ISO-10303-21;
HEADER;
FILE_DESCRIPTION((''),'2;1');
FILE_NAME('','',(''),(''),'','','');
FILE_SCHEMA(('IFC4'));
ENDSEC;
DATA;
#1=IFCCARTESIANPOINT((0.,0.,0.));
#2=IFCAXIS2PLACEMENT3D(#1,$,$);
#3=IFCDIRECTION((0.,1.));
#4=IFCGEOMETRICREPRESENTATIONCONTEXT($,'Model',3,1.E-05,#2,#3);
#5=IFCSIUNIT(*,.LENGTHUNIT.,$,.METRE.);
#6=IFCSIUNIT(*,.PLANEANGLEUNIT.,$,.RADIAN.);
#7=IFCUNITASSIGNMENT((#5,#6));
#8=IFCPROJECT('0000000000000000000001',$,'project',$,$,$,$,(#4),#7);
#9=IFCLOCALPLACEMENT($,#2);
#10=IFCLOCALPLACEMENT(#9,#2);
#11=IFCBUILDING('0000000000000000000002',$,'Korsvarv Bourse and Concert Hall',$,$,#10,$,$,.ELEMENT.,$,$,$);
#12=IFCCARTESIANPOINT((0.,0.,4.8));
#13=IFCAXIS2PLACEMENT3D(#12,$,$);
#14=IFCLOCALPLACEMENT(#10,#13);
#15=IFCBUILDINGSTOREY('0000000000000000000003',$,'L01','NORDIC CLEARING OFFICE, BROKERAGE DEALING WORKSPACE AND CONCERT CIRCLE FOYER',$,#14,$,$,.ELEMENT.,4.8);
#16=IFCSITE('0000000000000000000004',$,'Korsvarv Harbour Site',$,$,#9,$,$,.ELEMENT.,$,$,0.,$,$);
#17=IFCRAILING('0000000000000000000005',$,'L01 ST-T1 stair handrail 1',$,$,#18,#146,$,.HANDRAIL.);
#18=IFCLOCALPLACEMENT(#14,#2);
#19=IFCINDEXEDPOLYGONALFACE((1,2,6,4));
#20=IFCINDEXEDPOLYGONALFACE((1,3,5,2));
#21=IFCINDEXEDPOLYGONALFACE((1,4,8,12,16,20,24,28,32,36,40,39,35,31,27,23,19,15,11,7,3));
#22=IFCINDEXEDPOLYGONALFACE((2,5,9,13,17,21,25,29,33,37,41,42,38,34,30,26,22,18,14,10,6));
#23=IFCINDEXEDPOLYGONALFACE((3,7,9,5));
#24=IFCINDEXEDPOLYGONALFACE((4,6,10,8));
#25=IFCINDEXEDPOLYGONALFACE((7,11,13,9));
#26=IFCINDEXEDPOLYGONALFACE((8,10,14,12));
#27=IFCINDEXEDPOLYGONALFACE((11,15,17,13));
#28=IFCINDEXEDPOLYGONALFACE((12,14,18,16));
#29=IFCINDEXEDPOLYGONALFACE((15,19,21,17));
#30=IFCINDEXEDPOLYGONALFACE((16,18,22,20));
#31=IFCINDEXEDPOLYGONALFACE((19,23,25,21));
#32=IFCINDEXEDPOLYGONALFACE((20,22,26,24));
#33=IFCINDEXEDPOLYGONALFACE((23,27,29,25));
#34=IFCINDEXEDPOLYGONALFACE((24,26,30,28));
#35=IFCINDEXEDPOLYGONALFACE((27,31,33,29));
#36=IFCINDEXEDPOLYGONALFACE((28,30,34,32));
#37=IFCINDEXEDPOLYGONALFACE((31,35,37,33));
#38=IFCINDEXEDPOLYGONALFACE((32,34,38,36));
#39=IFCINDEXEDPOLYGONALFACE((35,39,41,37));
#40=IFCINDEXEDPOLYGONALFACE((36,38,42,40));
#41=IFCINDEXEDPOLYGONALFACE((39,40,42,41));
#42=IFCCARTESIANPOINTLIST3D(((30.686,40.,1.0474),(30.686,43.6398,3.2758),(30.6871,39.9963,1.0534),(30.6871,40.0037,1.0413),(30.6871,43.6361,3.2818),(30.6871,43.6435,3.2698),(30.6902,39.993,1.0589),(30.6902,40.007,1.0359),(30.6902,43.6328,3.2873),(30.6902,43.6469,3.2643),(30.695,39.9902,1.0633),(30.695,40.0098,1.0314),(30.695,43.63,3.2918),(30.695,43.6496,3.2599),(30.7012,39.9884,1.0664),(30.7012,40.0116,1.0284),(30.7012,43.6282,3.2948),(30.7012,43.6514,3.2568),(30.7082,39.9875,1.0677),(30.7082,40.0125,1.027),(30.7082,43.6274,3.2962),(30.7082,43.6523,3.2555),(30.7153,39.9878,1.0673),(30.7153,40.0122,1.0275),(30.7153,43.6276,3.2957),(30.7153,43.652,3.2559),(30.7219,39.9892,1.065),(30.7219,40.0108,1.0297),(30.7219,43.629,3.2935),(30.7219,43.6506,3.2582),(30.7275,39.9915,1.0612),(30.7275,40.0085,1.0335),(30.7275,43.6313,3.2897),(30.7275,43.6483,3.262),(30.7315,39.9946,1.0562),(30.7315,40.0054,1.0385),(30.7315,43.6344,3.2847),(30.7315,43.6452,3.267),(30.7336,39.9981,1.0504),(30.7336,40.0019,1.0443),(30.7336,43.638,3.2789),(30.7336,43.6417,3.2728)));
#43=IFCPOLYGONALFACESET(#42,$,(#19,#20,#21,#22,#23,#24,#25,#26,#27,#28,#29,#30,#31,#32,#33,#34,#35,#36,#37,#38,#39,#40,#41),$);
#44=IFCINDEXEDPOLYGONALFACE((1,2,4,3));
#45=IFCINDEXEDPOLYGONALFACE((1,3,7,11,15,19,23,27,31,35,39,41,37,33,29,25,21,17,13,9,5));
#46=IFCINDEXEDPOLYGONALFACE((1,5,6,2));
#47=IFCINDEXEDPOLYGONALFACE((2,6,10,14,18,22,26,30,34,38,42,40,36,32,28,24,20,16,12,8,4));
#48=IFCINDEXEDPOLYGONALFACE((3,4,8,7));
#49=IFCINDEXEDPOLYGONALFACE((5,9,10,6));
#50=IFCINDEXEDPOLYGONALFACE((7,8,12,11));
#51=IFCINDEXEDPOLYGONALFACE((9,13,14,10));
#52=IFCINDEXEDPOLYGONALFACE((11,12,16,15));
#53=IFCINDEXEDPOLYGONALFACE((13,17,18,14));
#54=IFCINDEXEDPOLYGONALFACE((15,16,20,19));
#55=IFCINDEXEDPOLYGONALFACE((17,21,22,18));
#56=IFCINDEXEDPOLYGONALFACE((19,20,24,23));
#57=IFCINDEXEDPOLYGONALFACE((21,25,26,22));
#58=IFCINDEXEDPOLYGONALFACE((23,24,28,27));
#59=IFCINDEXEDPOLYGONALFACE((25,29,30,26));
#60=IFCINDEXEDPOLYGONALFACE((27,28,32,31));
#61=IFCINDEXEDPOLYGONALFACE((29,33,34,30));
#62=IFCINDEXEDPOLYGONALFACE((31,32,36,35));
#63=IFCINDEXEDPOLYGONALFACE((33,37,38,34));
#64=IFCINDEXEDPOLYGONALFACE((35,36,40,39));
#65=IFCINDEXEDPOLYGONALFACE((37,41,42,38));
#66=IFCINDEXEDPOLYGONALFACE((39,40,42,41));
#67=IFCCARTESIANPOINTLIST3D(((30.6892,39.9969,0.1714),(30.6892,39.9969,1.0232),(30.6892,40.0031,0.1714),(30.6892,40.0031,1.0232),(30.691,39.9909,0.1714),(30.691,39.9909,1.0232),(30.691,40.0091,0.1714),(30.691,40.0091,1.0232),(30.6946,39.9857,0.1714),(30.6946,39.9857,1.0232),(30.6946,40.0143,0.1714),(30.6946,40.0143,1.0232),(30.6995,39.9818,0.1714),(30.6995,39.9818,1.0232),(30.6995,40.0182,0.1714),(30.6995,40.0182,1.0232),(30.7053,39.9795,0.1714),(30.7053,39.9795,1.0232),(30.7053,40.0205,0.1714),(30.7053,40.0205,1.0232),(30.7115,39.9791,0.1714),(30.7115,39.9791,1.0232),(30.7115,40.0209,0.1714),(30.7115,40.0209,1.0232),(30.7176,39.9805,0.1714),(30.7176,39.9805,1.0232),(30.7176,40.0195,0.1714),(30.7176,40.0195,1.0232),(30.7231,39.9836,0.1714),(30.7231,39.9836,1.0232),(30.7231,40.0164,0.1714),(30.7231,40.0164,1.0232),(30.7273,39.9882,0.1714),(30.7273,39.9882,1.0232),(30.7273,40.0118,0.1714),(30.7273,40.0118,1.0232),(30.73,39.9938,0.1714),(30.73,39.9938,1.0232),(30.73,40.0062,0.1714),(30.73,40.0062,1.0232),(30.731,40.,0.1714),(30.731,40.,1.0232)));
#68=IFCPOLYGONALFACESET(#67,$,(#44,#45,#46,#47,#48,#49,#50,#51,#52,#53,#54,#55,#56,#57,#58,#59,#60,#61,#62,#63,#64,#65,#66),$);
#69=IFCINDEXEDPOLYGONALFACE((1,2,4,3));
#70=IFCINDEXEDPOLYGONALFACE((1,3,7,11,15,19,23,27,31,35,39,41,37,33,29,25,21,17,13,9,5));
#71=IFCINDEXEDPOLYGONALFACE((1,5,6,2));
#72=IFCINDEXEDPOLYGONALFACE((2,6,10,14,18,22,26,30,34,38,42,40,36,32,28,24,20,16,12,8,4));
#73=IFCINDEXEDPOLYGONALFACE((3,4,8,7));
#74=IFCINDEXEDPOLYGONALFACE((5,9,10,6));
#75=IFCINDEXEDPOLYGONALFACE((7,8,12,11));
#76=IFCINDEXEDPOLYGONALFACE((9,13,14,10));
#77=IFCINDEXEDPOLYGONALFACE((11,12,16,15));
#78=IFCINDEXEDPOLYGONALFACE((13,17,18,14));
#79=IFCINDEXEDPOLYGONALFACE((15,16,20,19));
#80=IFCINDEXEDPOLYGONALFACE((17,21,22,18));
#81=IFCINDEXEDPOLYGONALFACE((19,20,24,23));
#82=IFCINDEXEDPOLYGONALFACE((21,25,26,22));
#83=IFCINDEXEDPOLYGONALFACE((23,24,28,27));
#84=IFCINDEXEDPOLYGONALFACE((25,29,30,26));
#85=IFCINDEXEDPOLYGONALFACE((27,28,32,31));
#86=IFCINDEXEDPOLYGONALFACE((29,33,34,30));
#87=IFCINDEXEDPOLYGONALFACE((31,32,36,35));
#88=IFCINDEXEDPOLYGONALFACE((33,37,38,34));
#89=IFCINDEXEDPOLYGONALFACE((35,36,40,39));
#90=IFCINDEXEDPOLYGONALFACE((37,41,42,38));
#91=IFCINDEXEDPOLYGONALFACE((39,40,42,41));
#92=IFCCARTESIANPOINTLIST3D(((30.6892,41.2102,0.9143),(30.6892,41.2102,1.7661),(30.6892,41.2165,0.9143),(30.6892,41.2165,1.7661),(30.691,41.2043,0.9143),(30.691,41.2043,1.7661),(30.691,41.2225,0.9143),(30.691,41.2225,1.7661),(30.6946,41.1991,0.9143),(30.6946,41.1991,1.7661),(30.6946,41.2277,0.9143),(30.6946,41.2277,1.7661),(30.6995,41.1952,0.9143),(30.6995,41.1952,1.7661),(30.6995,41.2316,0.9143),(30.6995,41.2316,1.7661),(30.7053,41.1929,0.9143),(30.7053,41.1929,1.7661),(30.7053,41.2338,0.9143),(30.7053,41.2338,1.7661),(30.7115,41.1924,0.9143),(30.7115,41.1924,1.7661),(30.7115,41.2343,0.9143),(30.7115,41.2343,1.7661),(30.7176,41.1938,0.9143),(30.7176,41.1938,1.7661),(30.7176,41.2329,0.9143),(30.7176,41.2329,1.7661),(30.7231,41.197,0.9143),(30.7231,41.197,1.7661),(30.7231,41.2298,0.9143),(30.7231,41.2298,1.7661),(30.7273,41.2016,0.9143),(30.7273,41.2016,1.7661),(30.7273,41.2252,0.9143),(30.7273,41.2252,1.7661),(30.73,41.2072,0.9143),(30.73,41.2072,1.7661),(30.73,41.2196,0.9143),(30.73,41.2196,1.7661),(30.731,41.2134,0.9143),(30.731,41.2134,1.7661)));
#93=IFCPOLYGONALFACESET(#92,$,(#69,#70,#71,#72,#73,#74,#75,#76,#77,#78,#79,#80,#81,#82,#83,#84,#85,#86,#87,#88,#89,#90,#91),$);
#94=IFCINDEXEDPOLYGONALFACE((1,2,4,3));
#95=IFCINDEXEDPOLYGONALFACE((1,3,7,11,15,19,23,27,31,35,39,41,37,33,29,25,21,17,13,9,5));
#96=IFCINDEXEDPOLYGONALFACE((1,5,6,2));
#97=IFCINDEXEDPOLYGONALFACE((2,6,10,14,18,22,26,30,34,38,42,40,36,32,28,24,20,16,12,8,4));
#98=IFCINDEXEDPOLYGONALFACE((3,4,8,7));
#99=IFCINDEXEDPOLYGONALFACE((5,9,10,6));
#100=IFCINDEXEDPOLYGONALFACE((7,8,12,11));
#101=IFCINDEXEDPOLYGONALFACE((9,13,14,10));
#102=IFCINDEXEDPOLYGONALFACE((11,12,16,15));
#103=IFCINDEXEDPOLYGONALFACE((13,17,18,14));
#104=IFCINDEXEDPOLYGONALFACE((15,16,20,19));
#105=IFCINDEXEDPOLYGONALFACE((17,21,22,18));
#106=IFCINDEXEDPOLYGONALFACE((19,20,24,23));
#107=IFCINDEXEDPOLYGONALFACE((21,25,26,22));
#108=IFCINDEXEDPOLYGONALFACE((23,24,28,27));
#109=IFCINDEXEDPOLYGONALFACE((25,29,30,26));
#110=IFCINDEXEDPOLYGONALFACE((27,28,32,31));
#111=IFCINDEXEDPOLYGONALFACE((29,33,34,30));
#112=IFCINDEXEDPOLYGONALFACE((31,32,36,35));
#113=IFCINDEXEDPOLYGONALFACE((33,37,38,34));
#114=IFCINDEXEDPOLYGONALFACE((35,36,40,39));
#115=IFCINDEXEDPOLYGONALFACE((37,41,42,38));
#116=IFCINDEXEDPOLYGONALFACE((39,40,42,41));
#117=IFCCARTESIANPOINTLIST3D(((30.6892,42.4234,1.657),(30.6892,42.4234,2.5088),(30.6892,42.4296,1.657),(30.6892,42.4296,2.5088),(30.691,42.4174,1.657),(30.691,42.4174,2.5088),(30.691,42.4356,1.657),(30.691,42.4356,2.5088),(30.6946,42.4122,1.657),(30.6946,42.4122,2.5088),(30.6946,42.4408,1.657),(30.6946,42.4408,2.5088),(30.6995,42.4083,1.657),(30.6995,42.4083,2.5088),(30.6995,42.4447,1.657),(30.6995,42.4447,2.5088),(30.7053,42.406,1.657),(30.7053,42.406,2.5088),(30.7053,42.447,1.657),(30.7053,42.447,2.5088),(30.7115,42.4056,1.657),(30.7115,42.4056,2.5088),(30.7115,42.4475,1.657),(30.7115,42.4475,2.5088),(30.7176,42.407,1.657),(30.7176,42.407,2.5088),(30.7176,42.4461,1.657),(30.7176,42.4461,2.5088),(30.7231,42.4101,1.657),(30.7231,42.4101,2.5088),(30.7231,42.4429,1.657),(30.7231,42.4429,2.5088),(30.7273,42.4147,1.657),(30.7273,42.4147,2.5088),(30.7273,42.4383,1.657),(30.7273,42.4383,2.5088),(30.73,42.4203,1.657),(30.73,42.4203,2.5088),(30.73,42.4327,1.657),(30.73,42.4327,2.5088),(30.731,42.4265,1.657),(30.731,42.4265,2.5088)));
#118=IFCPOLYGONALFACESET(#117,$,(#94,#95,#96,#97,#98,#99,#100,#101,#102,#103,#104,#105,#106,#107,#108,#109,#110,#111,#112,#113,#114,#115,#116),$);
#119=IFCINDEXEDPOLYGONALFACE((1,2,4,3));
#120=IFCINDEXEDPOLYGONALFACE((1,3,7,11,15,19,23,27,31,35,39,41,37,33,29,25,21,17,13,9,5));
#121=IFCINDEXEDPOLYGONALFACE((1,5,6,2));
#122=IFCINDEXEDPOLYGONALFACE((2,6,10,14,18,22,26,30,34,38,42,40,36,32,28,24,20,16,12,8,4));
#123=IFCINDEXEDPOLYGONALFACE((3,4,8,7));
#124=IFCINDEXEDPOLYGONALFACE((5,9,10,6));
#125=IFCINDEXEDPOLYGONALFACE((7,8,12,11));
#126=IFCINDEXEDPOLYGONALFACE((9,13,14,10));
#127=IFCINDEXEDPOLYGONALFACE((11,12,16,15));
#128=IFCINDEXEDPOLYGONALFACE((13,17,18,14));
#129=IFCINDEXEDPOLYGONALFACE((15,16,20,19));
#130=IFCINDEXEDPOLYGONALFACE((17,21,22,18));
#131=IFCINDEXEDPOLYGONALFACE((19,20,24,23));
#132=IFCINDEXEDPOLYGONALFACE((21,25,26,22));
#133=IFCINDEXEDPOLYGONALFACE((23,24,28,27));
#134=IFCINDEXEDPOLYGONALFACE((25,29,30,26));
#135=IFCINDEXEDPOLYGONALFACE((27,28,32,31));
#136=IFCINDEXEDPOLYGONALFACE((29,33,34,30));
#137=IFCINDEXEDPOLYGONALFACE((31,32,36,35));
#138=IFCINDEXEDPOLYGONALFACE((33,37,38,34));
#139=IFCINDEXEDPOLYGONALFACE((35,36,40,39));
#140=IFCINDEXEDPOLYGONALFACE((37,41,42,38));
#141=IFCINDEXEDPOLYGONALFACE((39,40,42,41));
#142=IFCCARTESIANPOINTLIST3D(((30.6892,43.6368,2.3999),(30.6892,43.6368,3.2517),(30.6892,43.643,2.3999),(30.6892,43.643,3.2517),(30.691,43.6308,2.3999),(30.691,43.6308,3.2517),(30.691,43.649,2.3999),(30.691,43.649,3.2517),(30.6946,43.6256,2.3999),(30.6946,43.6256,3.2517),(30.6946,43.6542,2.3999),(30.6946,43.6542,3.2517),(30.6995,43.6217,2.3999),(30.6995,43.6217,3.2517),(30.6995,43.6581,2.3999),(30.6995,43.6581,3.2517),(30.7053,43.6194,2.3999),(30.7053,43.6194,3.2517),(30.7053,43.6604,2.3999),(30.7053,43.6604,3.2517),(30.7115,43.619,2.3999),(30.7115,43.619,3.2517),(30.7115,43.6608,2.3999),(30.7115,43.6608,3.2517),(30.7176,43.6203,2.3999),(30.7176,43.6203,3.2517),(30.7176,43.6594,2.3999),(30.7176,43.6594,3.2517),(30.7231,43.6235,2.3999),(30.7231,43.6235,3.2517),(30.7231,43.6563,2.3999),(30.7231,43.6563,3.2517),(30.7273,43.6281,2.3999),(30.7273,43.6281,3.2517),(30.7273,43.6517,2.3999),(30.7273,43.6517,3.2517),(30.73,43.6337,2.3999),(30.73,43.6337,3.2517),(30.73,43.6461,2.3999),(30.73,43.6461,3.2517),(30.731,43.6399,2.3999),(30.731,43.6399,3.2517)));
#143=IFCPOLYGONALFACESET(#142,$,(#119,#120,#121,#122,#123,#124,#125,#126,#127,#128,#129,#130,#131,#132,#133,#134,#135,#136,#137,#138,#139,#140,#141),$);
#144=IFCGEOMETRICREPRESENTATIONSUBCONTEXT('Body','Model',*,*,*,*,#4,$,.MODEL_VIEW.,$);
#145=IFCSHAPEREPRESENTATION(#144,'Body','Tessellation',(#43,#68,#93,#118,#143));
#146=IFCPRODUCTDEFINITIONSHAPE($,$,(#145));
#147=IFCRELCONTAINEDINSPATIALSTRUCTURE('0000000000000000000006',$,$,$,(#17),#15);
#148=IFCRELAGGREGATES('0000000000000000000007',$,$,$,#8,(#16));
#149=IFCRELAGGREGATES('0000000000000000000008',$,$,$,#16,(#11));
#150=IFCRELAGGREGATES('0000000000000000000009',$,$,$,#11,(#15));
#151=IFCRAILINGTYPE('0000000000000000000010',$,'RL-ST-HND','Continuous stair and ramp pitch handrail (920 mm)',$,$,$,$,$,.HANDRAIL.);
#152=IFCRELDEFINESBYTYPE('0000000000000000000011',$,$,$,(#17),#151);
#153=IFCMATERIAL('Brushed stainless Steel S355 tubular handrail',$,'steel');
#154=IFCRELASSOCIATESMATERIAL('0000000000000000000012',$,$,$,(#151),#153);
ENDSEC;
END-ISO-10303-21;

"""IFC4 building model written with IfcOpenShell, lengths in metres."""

from ifc_helpers import new_model, si_unit, direction, frame, origin, origin_2d, place, context, subcontext, project, spatial, circle, extrude, material, type_object, element, save


model = new_model("IFC4")

# Units and contexts
model_context = context("Model", 3, precision=1e-05, world=origin(), true_north=direction((0.0, 1.0)))
body_context = subcontext(model_context, "Body", "Model", "MODEL_VIEW")
ifc_project = project(units=[si_unit("LENGTHUNIT", "METRE"), si_unit("PLANEANGLEUNIT", "RADIAN")], contexts=[model_context])

# Site, building, storey
site_placement = place(None, origin())
site = spatial("IfcSite", under=ifc_project, at=site_placement, Name="Korsvarv Harbour Site", CompositionType="ELEMENT", RefElevation=0.0)
building_placement = place(site_placement, origin())
building = spatial("IfcBuilding", under=site, at=building_placement, Name="Korsvarv Bourse and Concert Hall", CompositionType="ELEMENT")
storey_placement = place(building_placement, frame((0.0, 0.0, 4.8)))
storey = spatial("IfcBuildingStorey", under=building, at=storey_placement, Name="L01", Description="NORDIC CLEARING OFFICE, BROKERAGE DEALING WORKSPACE AND CONCERT CIRCLE FOYER", CompositionType="ELEMENT", Elevation=4.8)

# Railing
ifc_material_1 = material(Name="Brushed stainless Steel S355 tubular handrail", Category="steel")
railing_type_1 = type_object("IfcRailingType", Name="RL-ST-HND", Description="Continuous stair and ramp pitch handrail (920 mm)", PredefinedType="HANDRAIL", material=ifc_material_1)
railing_1_placement = place(storey_placement, frame((30.71, 40.0, 0.1714)))
element("IfcRailing", 1, at=railing_1_placement, inside=storey, type_object=railing_type_1, Name="L01 ST-T1 stair handrail 1", PredefinedType="HANDRAIL", context=body_context, shape_type="SweptSolid", body=[
    extrude(circle(Radius=0.0239, at=origin_2d()), frame((0.0, 0.0, 0.876), z_axis=(0.0, 0.85285, 0.522156), x_axis=(-1.0, 0.0, 0.0)), (0.0, 0.0, 1.0), 4.2678),
    extrude(circle(Radius=0.021, at=origin_2d()), origin(), (0.0, 0.0, 1.0), 0.8518),
    extrude(circle(Radius=0.021, at=origin_2d()), frame((0.0, 1.2134, 0.7429)), (0.0, 0.0, 1.0), 0.8518),
    extrude(circle(Radius=0.021, at=origin_2d()), frame((0.0, 2.4265, 1.4856)), (0.0, 0.0, 1.0), 0.8518),
    extrude(circle(Radius=0.021, at=origin_2d()), frame((0.0, 3.6399, 2.2285)), (0.0, 0.0, 1.0), 0.8518),
])

save(model, "model.ifc")
